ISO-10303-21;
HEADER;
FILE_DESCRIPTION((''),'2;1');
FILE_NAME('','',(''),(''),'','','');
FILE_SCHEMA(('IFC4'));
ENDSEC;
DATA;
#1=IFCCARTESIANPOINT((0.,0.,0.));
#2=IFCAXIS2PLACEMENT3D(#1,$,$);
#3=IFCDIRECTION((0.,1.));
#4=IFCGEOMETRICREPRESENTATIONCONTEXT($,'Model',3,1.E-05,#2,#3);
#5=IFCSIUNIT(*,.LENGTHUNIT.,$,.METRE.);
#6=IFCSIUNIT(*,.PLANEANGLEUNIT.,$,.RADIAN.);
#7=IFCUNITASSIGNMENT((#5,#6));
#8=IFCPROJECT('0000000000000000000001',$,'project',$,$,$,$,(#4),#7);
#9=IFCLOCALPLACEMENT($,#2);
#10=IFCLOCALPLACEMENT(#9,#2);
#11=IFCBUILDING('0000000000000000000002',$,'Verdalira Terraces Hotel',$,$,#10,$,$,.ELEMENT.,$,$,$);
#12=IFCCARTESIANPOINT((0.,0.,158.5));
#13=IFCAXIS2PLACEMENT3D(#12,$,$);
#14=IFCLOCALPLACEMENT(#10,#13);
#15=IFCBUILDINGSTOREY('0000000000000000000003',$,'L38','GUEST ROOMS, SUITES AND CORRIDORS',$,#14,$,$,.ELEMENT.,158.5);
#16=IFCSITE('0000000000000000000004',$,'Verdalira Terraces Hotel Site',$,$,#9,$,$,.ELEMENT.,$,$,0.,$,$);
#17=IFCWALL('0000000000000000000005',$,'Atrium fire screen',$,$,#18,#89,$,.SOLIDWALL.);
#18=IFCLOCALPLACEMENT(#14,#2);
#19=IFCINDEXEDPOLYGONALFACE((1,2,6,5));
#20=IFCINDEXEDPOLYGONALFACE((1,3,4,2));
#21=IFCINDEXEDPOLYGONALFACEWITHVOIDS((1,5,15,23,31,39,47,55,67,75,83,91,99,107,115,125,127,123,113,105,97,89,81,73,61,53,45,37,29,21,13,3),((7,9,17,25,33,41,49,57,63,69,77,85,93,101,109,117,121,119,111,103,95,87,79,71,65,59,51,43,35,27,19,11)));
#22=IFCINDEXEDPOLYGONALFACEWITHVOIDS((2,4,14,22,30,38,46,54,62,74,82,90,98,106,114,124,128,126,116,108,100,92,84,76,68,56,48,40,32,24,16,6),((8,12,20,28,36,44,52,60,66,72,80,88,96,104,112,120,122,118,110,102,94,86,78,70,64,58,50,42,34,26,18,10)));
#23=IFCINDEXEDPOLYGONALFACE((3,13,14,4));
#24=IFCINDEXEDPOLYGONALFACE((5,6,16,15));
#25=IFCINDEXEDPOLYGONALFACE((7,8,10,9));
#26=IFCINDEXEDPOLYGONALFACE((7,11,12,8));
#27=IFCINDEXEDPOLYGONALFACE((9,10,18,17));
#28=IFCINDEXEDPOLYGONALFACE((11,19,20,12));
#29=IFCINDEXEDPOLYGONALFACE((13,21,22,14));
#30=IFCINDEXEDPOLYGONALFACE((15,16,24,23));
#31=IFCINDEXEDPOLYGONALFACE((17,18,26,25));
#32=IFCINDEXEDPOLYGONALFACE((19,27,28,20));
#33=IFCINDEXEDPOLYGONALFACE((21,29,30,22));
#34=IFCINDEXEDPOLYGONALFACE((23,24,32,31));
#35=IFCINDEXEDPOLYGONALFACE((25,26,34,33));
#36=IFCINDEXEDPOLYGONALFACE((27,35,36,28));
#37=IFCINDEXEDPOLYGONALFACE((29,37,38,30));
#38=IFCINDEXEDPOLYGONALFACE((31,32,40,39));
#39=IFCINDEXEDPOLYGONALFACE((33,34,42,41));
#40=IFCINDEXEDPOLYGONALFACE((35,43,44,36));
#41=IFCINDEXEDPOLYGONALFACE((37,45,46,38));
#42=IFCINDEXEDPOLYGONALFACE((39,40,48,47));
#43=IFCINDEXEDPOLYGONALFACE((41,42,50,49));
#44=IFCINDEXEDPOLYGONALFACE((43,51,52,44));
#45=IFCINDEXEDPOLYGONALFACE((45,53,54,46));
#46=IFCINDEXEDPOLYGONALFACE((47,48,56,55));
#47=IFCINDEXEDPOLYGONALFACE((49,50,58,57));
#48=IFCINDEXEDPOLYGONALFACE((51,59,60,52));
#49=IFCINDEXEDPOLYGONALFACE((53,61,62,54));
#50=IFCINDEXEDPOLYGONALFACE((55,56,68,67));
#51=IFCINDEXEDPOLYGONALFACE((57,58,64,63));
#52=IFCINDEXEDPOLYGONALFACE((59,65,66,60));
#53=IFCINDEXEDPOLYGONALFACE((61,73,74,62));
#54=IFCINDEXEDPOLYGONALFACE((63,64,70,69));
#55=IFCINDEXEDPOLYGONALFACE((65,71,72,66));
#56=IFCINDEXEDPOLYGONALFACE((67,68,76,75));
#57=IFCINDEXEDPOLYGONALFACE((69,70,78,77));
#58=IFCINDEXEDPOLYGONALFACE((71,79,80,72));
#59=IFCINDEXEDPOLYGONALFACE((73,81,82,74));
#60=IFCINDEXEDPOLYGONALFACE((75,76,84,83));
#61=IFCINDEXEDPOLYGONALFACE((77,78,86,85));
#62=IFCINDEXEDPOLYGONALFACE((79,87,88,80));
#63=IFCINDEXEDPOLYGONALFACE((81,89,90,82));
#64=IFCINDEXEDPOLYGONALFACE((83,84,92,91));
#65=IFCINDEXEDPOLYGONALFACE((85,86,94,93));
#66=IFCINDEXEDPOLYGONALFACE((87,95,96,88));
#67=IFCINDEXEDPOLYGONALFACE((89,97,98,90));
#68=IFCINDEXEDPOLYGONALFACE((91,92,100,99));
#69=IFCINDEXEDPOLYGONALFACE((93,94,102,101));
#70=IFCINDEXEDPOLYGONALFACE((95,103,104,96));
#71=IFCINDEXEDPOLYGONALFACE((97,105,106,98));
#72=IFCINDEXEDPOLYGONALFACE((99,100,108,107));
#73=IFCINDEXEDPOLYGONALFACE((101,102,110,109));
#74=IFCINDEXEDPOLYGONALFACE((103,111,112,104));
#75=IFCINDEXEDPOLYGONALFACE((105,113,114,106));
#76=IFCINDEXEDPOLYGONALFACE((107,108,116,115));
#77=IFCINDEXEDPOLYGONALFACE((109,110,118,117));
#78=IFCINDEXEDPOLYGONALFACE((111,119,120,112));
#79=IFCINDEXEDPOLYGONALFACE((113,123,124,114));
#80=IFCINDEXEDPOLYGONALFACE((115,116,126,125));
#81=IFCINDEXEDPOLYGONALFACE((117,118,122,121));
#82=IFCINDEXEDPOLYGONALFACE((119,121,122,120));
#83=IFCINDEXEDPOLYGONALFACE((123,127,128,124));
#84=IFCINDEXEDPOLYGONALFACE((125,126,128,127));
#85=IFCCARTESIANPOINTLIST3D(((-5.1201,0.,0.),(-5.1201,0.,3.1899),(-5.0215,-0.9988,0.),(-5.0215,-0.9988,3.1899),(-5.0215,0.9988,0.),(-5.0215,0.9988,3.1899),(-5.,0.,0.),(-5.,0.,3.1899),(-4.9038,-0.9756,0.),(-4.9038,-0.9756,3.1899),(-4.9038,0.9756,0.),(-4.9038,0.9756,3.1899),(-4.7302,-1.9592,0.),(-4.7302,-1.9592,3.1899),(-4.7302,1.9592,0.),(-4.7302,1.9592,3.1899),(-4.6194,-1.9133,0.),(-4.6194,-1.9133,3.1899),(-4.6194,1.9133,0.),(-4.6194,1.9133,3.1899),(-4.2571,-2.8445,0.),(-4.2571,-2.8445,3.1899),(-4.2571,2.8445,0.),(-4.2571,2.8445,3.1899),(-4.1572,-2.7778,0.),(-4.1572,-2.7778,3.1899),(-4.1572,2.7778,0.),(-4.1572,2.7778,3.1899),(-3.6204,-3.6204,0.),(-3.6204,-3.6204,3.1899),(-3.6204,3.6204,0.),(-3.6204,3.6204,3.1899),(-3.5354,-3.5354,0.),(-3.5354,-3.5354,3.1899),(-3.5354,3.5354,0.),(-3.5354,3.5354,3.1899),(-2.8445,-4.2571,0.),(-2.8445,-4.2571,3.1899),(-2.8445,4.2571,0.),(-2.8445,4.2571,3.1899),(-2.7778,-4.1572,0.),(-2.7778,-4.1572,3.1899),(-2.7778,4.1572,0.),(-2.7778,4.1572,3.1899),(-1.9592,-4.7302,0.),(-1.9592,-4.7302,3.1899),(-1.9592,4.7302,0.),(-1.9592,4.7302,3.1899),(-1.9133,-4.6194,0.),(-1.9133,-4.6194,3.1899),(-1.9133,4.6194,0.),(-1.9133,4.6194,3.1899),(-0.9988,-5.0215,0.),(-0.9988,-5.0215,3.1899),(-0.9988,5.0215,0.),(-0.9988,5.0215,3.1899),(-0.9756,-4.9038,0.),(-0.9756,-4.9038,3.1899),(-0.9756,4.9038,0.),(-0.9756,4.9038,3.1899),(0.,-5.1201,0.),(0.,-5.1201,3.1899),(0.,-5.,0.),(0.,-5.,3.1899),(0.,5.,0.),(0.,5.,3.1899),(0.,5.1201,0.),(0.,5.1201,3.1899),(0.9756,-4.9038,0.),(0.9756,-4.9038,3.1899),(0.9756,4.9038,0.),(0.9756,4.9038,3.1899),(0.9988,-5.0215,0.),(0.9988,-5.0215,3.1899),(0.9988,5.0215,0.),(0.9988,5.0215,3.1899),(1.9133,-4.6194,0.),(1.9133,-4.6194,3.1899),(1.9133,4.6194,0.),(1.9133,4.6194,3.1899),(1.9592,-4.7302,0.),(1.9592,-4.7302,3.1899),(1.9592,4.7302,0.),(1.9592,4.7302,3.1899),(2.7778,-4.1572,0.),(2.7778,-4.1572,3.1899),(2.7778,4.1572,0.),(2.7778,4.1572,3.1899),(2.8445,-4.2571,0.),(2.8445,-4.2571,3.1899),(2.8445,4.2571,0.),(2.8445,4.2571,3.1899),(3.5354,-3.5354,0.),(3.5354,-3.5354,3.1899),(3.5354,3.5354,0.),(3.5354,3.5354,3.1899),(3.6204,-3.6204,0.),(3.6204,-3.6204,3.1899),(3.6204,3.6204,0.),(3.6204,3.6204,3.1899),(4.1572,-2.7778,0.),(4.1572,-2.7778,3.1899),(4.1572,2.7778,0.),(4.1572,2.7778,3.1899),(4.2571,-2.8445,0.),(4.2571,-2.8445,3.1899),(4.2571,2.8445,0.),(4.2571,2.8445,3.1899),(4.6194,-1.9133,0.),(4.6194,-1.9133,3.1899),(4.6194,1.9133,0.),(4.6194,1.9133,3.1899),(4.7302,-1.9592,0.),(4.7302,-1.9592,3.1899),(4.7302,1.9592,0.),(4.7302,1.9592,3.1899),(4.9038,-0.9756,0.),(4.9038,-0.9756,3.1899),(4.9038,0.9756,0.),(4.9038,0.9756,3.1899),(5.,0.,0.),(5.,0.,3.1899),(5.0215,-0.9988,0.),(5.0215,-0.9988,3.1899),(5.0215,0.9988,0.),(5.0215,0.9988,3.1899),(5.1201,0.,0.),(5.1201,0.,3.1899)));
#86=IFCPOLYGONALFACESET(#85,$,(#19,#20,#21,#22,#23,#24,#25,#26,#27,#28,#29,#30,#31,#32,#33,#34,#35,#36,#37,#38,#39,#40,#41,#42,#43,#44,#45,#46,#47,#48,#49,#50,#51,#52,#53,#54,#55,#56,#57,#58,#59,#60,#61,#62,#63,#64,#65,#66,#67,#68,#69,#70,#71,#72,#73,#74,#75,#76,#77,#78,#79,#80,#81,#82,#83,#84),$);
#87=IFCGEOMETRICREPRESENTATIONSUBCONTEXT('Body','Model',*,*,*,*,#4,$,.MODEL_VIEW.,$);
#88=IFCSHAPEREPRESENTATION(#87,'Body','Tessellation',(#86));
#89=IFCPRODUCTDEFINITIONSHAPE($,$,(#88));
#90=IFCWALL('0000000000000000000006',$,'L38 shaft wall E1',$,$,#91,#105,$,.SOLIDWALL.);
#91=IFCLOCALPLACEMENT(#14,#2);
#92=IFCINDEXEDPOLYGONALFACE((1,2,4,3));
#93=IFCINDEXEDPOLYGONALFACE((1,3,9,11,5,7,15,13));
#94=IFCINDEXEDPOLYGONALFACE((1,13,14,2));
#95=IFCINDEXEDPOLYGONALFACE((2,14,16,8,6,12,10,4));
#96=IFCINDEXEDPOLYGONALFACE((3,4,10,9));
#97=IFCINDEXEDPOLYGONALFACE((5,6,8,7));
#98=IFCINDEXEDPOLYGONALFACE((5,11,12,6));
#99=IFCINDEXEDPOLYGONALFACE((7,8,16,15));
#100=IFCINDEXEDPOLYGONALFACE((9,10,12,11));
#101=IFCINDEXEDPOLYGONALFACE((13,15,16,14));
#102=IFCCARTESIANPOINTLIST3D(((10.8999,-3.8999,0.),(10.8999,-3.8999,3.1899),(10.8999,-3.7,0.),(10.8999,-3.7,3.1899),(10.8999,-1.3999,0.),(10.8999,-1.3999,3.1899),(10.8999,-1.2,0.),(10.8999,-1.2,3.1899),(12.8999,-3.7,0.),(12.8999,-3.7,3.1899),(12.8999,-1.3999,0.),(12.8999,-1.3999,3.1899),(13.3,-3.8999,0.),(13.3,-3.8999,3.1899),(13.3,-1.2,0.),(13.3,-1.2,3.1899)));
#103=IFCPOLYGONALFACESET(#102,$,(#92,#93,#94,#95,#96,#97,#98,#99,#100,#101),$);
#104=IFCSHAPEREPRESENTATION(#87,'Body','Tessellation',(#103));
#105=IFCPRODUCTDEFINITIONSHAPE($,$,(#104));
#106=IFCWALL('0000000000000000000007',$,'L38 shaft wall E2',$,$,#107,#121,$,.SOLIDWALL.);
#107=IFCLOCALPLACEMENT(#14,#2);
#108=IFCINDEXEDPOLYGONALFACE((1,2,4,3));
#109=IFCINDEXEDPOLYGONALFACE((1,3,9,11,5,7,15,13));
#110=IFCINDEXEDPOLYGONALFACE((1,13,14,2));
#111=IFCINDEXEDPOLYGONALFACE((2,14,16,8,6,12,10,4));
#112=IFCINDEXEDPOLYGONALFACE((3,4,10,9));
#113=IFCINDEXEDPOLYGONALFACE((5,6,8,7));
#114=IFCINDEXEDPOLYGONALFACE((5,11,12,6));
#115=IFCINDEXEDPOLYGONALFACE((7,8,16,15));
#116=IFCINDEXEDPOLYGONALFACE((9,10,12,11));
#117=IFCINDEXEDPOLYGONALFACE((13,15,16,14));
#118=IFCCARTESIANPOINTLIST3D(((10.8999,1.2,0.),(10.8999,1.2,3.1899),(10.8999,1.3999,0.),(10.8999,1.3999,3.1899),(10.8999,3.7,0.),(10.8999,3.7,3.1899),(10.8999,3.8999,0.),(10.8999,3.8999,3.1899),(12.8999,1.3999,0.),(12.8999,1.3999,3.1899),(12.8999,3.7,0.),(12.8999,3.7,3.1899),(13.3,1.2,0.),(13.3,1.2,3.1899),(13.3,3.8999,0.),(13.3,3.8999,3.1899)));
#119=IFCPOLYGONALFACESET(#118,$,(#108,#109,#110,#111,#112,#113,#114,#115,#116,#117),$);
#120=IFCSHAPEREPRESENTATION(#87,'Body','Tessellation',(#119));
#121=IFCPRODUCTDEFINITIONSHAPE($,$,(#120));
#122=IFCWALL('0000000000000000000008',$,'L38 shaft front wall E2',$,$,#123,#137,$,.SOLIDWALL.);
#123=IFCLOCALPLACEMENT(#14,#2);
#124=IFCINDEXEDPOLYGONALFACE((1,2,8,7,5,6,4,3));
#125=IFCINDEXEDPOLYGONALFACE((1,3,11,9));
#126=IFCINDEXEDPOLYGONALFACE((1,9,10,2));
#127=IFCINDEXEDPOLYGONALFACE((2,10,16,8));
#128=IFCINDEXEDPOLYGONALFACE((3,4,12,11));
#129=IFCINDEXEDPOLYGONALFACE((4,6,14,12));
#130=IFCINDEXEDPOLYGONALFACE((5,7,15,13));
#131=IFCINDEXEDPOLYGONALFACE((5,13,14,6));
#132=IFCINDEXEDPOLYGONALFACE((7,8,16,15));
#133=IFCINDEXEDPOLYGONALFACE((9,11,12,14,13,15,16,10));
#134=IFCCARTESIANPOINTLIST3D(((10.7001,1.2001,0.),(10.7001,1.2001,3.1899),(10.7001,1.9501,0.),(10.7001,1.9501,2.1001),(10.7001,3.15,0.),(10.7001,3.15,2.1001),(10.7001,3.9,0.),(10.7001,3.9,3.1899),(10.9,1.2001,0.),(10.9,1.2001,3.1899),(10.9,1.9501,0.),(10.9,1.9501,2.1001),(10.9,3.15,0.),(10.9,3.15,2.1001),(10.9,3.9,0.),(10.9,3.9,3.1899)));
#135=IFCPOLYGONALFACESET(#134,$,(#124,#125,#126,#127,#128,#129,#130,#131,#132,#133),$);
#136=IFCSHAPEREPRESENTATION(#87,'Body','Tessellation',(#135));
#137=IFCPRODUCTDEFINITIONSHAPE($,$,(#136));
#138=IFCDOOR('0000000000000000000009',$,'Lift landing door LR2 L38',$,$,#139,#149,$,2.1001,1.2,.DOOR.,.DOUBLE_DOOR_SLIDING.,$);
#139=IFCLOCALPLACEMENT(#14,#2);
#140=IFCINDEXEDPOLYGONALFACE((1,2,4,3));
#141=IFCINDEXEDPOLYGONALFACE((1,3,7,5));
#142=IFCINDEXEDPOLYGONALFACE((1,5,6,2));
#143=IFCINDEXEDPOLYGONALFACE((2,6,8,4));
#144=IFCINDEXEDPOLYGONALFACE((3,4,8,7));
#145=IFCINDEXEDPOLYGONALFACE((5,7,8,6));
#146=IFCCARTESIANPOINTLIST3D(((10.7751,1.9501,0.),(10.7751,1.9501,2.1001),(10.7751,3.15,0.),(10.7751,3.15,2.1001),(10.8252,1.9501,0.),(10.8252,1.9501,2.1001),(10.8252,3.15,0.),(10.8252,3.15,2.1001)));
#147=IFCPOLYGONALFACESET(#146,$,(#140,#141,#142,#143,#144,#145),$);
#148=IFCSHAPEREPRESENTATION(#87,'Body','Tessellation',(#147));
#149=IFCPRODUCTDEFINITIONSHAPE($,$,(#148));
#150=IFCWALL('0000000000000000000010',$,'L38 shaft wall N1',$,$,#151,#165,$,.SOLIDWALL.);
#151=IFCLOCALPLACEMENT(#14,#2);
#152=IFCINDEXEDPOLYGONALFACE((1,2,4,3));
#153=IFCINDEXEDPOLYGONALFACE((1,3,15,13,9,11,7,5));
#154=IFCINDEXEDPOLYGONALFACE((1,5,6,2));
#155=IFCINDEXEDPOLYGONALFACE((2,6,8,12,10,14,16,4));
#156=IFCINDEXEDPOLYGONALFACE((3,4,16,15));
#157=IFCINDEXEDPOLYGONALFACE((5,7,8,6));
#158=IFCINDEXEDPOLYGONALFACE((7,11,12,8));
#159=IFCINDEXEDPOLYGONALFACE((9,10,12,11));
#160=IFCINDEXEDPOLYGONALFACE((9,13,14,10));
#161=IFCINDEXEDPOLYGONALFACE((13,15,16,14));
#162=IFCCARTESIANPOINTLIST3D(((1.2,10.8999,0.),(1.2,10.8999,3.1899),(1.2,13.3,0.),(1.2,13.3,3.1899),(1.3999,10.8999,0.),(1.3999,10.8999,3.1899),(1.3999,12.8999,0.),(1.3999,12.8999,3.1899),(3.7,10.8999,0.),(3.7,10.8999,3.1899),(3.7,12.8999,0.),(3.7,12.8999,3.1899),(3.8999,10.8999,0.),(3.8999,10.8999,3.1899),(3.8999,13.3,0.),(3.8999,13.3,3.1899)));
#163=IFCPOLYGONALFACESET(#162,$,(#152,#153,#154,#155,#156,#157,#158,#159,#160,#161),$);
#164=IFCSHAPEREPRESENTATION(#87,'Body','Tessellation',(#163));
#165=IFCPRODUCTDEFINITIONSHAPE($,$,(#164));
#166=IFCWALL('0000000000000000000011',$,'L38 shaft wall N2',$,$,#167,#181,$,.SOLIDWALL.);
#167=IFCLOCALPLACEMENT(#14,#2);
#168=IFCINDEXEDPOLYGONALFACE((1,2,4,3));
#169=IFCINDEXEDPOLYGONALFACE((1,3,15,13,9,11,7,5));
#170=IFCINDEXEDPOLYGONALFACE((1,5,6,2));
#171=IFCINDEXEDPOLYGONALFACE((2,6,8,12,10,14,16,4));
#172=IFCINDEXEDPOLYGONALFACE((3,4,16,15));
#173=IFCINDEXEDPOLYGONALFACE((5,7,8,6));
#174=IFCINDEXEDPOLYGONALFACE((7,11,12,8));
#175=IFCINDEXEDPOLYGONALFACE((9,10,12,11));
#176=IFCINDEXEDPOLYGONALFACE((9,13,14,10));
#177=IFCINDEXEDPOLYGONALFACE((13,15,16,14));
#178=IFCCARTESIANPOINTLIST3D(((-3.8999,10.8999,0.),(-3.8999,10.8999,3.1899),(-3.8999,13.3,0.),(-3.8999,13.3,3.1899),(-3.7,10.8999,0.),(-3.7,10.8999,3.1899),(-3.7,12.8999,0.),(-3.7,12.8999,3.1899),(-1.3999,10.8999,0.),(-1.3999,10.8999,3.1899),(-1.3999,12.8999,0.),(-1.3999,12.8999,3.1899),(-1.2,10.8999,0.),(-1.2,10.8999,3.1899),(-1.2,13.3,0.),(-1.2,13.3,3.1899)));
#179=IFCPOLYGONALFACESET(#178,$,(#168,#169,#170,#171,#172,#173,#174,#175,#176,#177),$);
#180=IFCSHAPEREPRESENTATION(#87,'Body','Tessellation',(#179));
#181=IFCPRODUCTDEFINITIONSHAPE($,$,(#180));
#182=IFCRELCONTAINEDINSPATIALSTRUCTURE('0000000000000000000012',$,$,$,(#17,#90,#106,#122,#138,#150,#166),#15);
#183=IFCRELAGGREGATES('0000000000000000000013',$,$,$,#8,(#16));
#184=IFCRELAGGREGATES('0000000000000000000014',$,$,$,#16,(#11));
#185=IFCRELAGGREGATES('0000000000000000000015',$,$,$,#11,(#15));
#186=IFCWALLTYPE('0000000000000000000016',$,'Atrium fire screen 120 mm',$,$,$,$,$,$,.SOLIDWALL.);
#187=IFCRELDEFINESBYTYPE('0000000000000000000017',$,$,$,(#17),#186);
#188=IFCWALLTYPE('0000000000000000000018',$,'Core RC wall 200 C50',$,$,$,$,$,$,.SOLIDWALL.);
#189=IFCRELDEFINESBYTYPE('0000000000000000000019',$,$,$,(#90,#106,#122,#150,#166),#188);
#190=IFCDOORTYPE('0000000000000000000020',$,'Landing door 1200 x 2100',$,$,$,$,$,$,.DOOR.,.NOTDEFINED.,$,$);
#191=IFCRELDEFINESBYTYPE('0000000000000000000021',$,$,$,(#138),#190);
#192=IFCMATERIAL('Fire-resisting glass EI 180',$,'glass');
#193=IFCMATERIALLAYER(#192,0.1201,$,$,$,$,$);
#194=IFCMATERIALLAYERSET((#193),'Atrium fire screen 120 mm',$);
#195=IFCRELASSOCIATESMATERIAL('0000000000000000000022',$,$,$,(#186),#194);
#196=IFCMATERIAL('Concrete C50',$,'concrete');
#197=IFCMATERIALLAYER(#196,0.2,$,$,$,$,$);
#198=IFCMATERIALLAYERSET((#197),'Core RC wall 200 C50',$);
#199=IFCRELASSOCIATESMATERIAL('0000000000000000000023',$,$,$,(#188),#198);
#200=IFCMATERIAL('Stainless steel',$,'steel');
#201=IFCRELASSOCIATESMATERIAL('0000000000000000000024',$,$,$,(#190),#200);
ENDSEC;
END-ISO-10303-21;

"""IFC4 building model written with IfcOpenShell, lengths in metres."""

from ifc_helpers import new_model, si_unit, direction, frame, frame_2d, origin, place, context, subcontext, project, spatial, polyline, rectangle, outline, extrude, material, layer, layer_set, type_object, element, fill, save


model = new_model("IFC4")

# Units and contexts
model_context = context("Model", 3, precision=1e-05, world=origin(), true_north=direction((0.0, 1.0)))
body_context = subcontext(model_context, "Body", "Model", "MODEL_VIEW")
ifc_project = project(units=[si_unit("LENGTHUNIT", "METRE"), si_unit("PLANEANGLEUNIT", "RADIAN")], contexts=[model_context])

# Site, building, storey
site_placement = place(None, origin())
site = spatial("IfcSite", under=ifc_project, at=site_placement, Name="Verdalira Terraces Hotel Site", CompositionType="ELEMENT", RefElevation=0.0)
building_placement = place(site_placement, origin())
building = spatial("IfcBuilding", under=site, at=building_placement, Name="Verdalira Terraces Hotel", CompositionType="ELEMENT")
storey_placement = place(building_placement, frame((0.0, 0.0, 158.5)))
storey = spatial("IfcBuildingStorey", under=building, at=storey_placement, Name="L38", Description="GUEST ROOMS, SUITES AND CORRIDORS", CompositionType="ELEMENT", Elevation=158.5)

# Walls
ifc_material_1 = material(Name="Fire-resisting glass EI 180", Category="glass")
ifc_layer_1 = layer(ifc_material_1, 0.1201)
ifc_layer_set_1 = layer_set([ifc_layer_1], Name="Atrium fire screen 120 mm")
wall_type_1 = type_object("IfcWallType", Name="Atrium fire screen 120 mm", PredefinedType="SOLIDWALL", material=ifc_layer_set_1)
wall_1_placement = place(storey_placement, origin())
element("IfcWall", 1, at=wall_1_placement, inside=storey, type_object=wall_type_1, Name="Atrium fire screen", PredefinedType="SOLIDWALL", context=body_context, shape_type="SweptSolid", body=[
    extrude(outline(polyline([(5.0215, -0.9988), (4.7302, -1.9592), (4.2571, -2.8445), (3.6204, -3.6204), (2.8445, -4.2571), (1.9592, -4.7302), (0.9988, -5.0215), (0.0, -5.1201), (-0.9988, -5.0215), (-1.9592, -4.7302), (-2.8445, -4.2571), (-3.6204, -3.6204), (-4.2571, -2.8445), (-4.7302, -1.9592), (-5.0215, -0.9988), (-5.1201, 0.0), (-5.0215, 0.9988), (-4.7302, 1.9592), (-4.2571, 2.8445), (-3.6204, 3.6204), (-2.8445, 4.2571), (-1.9592, 4.7302), (-0.9988, 5.0215), (0.0, 5.1201), (0.9988, 5.0215), (1.9592, 4.7302), (2.8445, 4.2571), (3.6204, 3.6204), (4.2571, 2.8445), (4.7302, 1.9592), (5.0215, 0.9988), (5.1201, 0.0), (5.0215, -0.9988)]), holes=[polyline([(4.9038, 0.9756), (4.6194, 1.9133), (4.1572, 2.7778), (3.5354, 3.5354), (2.7778, 4.1572), (1.9133, 4.6194), (0.9756, 4.9038), (0.0, 5.0), (-0.9756, 4.9038), (-1.9133, 4.6194), (-2.7778, 4.1572), (-3.5354, 3.5354), (-4.1572, 2.7778), (-4.6194, 1.9133), (-4.9038, 0.9756), (-5.0, 0.0), (-4.9038, -0.9756), (-4.6194, -1.9133), (-4.1572, -2.7778), (-3.5354, -3.5354), (-2.7778, -4.1572), (-1.9133, -4.6194), (-0.9756, -4.9038), (0.0, -5.0), (0.9756, -4.9038), (1.9133, -4.6194), (2.7778, -4.1572), (3.5354, -3.5354), (4.1572, -2.7778), (4.6194, -1.9133), (4.9038, -0.9756), (5.0, 0.0), (4.9038, 0.9756)])]), origin(), (0.0, 0.0, 1.0), 3.1899),
])
ifc_material_2 = material(Name="Concrete C50", Category="concrete")
ifc_layer_2 = layer(ifc_material_2, 0.2)
ifc_layer_set_2 = layer_set([ifc_layer_2], Name="Core RC wall 200 C50")
wall_type_2 = type_object("IfcWallType", Name="Core RC wall 200 C50", PredefinedType="SOLIDWALL", material=ifc_layer_set_2)
wall_2_placement = place(storey_placement, origin())
element("IfcWall", 2, at=wall_2_placement, inside=storey, type_object=wall_type_2, Name="L38 shaft wall E1", PredefinedType="SOLIDWALL", context=body_context, shape_type="SweptSolid", body=[
    extrude(outline(polyline([(13.3, -3.8999), (10.8999, -3.8999), (10.8999, -3.7), (12.8999, -3.7), (12.8999, -1.3999), (10.8999, -1.3999), (10.8999, -1.2), (13.3, -1.2), (13.3, -3.8999)])), origin(), (0.0, 0.0, 1.0), 3.1899),
])
wall_3_placement = place(storey_placement, origin())
element("IfcWall", 3, at=wall_3_placement, inside=storey, type_object=wall_type_2, Name="L38 shaft wall E2", PredefinedType="SOLIDWALL", context=body_context, shape_type="SweptSolid", body=[
    extrude(outline(polyline([(13.3, 3.8999), (13.3, 1.2), (10.8999, 1.2), (10.8999, 1.3999), (12.8999, 1.3999), (12.8999, 3.7), (10.8999, 3.7), (10.8999, 3.8999), (13.3, 3.8999)])), origin(), (0.0, 0.0, 1.0), 3.1899),
])

# Wall, opening, door
wall_4_placement = place(storey_placement, frame((10.8, 1.2, 0.0), z_axis=(0.0, 0.0, 1.0), x_axis=(0.0, 1.0, 0.0)))
wall_4 = element("IfcWall", 4, at=wall_4_placement, inside=storey, type_object=wall_type_2, Name="L38 shaft front wall E2", PredefinedType="SOLIDWALL", context=body_context, shape_type="SweptSolid", body=[
    extrude(rectangle(XDim=2.7, YDim=0.2, at=frame_2d((1.3501, 0.0))), origin(), (0.0, 0.0, 1.0), 3.1899),
])
opening_1_placement = place(wall_4_placement, frame((0.75, 0.0, 0.0)))
opening_1 = element("IfcOpeningElement", 5, at=opening_1_placement, cuts=wall_4, PredefinedType="OPENING", context=body_context, shape_type="SweptSolid", body=[
    extrude(rectangle(XDim=1.2, YDim=2.1001, at=frame_2d((0.6001, 1.05))), frame((0.0, 0.1099, 0.0), z_axis=(0.0, -1.0, 0.0), x_axis=(1.0, 0.0, 0.0)), (0.0, 0.0, 1.0), 0.22),
])
ifc_material_3 = material(Name="Stainless steel", Category="steel")
door_type_1 = type_object("IfcDoorType", Name="Landing door 1200 x 2100", OperationType="NOTDEFINED", PredefinedType="DOOR", material=ifc_material_3)
door_1_placement = place(opening_1_placement, origin())
door_1 = element("IfcDoor", 6, at=door_1_placement, inside=storey, type_object=door_type_1, Name="Lift landing door LR2 L38", OperationType="DOUBLE_DOOR_SLIDING", OverallHeight=2.1001, OverallWidth=1.2, PredefinedType="DOOR", context=body_context, shape_type="SweptSolid", body=[
    extrude(rectangle(XDim=1.2, YDim=2.1001, at=frame_2d((0.6001, 1.05))), frame((0.0, 0.0249, 0.0), z_axis=(0.0, -1.0, 0.0), x_axis=(1.0, 0.0, 0.0)), (0.0, 0.0, 1.0), 0.05),
])
fill(opening_1, door_1)

# Walls
wall_5_placement = place(storey_placement, origin())
element("IfcWall", 7, at=wall_5_placement, inside=storey, type_object=wall_type_2, Name="L38 shaft wall N1", PredefinedType="SOLIDWALL", context=body_context, shape_type="SweptSolid", body=[
    extrude(outline(polyline([(3.8999, 13.3), (3.8999, 10.8999), (3.7, 10.8999), (3.7, 12.8999), (1.3999, 12.8999), (1.3999, 10.8999), (1.2, 10.8999), (1.2, 13.3), (3.8999, 13.3)])), origin(), (0.0, 0.0, 1.0), 3.1899),
])
wall_6_placement = place(storey_placement, origin())
element("IfcWall", 8, at=wall_6_placement, inside=storey, type_object=wall_type_2, Name="L38 shaft wall N2", PredefinedType="SOLIDWALL", context=body_context, shape_type="SweptSolid", body=[
    extrude(outline(polyline([(-3.8999, 10.8999), (-3.8999, 13.3), (-1.2, 13.3), (-1.2, 10.8999), (-1.3999, 10.8999), (-1.3999, 12.8999), (-3.7, 12.8999), (-3.7, 10.8999), (-3.8999, 10.8999)])), origin(), (0.0, 0.0, 1.0), 3.1899),
])

save(model, "model.ifc")
